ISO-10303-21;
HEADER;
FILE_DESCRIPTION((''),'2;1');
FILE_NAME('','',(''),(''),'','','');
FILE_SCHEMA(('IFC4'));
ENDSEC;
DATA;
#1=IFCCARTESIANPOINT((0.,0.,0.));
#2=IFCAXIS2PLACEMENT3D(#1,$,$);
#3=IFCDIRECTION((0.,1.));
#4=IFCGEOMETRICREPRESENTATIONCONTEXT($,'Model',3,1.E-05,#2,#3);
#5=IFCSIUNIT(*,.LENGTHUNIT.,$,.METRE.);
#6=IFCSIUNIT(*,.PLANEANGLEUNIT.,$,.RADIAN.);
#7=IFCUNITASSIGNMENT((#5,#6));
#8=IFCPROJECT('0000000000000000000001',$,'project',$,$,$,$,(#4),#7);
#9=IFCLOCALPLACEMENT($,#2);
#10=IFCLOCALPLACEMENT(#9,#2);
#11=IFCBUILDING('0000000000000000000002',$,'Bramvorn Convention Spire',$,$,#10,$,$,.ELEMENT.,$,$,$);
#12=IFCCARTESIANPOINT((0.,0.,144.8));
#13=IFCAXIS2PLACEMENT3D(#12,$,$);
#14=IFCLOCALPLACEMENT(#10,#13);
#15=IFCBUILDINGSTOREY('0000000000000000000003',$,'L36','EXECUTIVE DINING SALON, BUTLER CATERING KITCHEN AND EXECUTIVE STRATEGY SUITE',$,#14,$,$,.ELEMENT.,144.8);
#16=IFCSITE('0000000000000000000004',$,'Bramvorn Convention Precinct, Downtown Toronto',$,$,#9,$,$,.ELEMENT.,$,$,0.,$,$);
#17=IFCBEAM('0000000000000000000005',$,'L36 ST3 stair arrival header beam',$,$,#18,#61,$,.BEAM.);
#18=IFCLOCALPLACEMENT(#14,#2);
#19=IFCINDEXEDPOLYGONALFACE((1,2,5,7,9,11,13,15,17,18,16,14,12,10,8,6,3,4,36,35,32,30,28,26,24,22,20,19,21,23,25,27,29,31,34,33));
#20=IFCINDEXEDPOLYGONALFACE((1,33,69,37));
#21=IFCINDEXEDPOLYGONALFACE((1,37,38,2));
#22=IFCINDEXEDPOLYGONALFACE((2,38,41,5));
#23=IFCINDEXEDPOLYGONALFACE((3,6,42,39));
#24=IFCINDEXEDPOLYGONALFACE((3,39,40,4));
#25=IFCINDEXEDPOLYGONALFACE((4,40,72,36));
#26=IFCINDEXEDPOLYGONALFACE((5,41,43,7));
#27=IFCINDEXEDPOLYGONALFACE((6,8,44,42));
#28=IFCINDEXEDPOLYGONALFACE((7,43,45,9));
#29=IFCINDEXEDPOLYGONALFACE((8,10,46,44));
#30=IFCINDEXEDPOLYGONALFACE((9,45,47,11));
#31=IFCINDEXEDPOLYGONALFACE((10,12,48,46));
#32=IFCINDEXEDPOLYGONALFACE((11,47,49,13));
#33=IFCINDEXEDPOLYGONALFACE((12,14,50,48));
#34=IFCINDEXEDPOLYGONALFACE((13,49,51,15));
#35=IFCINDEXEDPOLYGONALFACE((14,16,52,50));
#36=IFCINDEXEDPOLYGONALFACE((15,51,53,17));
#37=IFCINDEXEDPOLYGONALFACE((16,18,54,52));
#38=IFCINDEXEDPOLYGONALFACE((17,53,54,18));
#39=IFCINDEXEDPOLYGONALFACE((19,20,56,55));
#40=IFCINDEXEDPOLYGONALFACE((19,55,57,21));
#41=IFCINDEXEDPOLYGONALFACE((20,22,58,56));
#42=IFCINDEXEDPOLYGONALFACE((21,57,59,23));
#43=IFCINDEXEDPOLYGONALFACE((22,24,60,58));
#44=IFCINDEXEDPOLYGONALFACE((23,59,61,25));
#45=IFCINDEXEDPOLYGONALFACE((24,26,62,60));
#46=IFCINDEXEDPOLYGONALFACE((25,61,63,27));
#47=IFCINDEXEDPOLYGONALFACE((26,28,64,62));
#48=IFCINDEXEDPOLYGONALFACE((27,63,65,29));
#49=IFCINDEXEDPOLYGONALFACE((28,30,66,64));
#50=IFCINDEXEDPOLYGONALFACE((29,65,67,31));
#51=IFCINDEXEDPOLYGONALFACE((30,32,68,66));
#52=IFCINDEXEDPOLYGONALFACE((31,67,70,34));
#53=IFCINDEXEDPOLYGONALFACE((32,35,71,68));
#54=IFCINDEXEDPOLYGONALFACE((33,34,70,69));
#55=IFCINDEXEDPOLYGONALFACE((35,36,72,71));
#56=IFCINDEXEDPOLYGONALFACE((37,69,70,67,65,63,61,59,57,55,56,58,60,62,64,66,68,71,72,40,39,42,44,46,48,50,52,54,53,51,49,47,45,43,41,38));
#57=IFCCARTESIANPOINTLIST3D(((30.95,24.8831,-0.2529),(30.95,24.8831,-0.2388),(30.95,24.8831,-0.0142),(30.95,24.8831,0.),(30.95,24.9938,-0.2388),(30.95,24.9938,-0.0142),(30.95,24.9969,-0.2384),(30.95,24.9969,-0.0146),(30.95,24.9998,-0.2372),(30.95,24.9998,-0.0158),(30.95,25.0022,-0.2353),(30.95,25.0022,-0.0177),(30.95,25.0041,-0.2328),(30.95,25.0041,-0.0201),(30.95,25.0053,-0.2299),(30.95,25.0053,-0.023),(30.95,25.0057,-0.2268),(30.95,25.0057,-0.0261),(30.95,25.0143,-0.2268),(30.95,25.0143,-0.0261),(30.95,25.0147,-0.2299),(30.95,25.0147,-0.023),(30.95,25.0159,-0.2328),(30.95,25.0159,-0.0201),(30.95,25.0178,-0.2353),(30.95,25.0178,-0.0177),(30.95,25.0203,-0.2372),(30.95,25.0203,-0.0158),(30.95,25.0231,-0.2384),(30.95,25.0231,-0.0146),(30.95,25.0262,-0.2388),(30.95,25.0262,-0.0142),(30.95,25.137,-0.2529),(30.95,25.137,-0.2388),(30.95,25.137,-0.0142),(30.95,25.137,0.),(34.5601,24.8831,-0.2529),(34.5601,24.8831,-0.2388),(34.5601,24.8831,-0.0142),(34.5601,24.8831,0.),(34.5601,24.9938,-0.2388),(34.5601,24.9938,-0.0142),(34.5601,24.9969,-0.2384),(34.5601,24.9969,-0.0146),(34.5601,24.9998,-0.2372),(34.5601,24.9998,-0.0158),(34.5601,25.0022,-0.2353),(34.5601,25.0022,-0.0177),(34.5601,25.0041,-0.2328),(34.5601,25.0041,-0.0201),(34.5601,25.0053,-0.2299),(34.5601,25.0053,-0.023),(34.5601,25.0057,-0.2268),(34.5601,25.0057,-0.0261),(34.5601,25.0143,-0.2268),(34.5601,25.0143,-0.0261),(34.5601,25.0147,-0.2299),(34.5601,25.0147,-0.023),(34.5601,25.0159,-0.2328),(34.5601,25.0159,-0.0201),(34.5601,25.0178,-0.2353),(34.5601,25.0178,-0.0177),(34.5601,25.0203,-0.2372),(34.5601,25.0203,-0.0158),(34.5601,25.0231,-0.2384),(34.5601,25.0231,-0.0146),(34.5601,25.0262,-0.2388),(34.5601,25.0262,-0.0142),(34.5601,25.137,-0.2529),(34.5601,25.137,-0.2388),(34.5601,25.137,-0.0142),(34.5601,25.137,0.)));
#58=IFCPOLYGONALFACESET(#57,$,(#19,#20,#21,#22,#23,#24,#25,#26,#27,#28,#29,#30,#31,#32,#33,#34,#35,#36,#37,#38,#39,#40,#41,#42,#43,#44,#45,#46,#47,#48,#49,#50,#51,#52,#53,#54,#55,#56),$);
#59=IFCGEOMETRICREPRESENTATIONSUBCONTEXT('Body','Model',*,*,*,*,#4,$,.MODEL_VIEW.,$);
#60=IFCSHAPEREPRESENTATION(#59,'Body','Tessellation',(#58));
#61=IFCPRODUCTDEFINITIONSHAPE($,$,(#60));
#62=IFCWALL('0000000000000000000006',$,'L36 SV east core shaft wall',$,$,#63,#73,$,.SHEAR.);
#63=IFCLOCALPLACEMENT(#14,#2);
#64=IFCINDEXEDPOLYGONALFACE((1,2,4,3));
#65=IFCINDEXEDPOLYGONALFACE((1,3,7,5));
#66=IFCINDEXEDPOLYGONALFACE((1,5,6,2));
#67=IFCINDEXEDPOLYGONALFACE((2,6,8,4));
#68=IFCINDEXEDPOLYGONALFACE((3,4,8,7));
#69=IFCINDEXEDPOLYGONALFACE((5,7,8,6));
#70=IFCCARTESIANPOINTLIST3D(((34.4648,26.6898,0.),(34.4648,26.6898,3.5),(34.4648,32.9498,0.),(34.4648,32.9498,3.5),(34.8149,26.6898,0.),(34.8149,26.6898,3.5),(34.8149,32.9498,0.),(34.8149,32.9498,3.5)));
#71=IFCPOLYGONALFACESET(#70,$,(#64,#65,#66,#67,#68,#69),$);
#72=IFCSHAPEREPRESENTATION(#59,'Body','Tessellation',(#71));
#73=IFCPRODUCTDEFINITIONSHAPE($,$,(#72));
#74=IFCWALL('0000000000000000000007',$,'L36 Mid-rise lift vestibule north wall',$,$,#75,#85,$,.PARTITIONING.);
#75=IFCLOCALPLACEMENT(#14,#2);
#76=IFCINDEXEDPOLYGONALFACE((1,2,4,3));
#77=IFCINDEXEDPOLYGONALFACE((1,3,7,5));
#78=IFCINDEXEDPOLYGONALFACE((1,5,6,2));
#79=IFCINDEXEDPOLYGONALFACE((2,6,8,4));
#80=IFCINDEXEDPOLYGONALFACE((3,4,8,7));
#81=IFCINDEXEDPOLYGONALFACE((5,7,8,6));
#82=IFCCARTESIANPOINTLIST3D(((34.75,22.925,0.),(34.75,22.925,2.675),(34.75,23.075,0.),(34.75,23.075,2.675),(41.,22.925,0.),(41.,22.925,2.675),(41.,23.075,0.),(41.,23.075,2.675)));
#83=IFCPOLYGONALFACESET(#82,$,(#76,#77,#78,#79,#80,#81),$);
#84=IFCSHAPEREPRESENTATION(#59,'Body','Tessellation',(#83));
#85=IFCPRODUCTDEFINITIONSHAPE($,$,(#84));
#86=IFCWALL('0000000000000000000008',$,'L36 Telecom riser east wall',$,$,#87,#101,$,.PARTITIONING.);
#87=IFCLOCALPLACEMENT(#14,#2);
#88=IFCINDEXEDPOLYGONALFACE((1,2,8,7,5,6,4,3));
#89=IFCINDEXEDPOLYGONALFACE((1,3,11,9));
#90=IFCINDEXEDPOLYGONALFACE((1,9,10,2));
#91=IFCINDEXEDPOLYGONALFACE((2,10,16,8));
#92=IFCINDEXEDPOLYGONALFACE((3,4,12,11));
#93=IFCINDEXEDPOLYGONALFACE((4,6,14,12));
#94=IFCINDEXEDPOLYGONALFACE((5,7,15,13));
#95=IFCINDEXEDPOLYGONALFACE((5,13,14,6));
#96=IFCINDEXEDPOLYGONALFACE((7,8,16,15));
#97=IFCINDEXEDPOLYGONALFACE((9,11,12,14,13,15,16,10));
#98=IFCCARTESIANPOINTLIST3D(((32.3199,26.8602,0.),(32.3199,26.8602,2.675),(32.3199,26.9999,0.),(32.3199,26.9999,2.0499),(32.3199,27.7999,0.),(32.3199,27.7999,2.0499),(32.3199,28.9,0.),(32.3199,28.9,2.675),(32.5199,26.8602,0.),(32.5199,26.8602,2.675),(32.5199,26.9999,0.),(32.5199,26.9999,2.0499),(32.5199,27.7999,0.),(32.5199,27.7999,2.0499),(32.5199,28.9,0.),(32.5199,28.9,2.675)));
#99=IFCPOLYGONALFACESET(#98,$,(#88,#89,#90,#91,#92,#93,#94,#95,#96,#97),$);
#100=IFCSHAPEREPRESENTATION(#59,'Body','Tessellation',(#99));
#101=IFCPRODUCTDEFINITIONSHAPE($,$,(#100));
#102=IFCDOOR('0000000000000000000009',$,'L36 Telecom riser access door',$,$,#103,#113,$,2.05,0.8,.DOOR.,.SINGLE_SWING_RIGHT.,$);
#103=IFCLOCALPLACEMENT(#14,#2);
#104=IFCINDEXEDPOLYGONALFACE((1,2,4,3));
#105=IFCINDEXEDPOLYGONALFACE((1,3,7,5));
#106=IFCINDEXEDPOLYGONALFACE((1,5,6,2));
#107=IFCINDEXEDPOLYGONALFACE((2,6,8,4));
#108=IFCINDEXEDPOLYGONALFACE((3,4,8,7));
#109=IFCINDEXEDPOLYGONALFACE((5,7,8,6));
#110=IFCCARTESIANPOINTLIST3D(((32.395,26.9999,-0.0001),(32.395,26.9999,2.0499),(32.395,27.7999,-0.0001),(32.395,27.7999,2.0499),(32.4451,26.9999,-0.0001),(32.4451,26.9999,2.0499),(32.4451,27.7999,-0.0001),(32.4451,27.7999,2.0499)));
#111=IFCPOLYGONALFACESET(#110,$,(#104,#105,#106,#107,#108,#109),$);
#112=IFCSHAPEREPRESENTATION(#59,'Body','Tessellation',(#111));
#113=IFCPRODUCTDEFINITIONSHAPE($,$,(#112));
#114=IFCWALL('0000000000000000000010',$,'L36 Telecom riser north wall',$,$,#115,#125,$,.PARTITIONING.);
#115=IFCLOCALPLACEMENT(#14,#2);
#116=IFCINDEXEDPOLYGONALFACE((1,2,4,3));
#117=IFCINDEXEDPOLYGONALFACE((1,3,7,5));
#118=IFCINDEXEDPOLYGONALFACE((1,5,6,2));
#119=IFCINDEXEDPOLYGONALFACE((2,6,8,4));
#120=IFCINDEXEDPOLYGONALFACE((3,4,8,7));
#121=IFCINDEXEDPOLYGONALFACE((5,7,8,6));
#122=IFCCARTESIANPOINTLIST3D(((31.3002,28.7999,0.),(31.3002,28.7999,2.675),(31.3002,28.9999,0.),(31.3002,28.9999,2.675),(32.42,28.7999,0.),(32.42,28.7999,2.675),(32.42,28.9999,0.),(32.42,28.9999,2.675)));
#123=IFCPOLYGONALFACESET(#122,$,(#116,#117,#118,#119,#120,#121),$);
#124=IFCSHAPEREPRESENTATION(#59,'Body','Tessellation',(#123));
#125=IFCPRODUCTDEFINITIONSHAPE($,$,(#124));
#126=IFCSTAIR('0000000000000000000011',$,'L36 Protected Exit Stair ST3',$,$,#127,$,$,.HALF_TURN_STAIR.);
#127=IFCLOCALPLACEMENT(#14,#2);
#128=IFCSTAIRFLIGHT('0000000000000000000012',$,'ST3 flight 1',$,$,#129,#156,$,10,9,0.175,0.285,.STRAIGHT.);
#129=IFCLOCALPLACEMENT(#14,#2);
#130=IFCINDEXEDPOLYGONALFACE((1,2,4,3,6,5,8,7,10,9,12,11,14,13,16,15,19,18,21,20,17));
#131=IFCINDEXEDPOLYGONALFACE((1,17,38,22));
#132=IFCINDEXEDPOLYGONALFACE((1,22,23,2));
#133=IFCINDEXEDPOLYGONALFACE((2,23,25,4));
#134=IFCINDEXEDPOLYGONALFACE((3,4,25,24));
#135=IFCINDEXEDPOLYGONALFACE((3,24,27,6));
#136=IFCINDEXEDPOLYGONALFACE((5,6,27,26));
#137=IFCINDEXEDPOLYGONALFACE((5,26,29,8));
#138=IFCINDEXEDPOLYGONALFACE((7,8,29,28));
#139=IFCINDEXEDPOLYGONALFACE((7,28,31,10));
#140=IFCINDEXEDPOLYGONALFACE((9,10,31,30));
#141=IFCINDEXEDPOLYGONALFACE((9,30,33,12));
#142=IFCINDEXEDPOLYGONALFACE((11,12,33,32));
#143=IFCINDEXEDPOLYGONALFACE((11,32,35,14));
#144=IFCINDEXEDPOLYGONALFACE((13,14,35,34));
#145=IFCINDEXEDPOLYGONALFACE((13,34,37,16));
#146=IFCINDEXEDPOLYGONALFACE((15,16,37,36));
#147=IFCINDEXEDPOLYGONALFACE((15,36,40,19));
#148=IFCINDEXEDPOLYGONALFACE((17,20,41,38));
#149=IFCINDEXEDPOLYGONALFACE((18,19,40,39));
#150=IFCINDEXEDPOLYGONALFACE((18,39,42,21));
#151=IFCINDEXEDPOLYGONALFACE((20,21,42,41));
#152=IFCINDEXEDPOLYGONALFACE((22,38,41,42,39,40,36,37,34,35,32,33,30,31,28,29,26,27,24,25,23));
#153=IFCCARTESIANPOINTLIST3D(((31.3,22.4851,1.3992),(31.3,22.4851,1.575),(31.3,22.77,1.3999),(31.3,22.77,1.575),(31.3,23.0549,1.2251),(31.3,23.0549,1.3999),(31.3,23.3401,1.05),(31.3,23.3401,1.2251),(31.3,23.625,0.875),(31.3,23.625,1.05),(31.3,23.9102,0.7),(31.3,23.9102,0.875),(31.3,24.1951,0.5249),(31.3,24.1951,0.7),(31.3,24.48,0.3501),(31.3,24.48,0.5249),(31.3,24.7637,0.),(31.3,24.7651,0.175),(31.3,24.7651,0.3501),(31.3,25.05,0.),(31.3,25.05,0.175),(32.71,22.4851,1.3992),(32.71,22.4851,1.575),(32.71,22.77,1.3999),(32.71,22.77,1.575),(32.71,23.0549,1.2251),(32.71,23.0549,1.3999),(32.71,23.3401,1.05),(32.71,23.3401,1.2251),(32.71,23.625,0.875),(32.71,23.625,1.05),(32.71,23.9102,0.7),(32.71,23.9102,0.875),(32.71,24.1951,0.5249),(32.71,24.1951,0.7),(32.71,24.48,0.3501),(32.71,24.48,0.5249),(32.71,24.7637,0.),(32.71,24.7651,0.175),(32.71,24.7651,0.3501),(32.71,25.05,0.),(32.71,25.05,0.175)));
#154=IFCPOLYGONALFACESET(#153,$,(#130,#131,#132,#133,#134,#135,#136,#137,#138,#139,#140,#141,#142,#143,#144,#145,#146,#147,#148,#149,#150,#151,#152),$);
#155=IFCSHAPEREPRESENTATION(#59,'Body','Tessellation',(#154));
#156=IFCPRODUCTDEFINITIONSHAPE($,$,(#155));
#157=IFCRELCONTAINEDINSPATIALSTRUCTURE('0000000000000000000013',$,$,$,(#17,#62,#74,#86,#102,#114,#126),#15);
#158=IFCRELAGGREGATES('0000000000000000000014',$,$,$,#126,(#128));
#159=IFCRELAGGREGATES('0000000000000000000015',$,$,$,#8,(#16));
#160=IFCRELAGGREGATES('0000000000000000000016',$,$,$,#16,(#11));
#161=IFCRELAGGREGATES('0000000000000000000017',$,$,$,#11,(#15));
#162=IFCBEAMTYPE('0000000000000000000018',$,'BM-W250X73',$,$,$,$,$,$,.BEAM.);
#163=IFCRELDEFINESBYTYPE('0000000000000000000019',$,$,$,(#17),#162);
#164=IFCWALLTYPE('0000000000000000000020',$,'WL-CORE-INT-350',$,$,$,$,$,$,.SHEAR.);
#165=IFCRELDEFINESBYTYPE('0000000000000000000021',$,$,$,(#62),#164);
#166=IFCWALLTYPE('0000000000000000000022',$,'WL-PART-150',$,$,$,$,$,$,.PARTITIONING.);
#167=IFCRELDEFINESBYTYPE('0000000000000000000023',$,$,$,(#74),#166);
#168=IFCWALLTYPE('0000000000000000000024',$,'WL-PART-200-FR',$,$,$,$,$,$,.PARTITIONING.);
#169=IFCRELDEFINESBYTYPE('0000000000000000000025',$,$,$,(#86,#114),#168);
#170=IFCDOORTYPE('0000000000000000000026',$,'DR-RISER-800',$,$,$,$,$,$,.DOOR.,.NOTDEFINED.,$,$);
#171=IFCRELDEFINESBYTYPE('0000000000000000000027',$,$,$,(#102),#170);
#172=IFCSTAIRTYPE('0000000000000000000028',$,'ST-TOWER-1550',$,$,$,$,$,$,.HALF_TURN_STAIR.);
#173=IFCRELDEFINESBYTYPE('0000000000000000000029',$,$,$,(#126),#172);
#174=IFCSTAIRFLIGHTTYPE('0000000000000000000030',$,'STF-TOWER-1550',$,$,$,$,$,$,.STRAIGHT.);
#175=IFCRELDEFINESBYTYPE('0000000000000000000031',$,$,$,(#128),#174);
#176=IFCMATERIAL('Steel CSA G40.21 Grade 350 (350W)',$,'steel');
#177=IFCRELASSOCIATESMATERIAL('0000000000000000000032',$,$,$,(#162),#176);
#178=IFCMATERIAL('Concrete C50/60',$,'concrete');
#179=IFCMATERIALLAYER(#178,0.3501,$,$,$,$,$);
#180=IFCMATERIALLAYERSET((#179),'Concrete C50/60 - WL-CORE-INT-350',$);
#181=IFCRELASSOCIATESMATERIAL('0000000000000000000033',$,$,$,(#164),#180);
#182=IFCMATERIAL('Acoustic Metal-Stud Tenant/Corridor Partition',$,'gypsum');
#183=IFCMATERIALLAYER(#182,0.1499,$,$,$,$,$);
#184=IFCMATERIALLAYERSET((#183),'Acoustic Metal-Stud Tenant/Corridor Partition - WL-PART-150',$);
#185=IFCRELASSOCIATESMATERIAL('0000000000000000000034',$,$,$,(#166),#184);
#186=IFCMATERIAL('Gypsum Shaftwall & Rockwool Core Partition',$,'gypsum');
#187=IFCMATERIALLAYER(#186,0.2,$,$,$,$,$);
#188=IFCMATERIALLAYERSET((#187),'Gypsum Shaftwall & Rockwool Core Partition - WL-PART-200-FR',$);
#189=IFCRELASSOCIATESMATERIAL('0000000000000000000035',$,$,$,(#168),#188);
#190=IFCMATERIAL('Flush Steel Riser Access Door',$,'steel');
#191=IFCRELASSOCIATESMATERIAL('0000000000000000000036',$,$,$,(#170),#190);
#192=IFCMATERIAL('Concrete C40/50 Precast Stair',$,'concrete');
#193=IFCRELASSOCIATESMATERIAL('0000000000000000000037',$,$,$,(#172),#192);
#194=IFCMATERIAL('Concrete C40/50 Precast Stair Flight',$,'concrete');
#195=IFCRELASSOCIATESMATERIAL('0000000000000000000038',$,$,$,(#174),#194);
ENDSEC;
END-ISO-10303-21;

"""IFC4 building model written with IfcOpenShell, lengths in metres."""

from ifc_helpers import new_model, si_unit, direction, frame, frame_2d, origin, origin_2d, place, context, subcontext, project, spatial, polyline, rectangle, i_section, outline, extrude, material, layer, layer_set, material_profile, profile_set, type_object, element, fill, aggregate, save


model = new_model("IFC4")

# Units and contexts
model_context = context("Model", 3, precision=1e-05, world=origin(), true_north=direction((0.0, 1.0)))
body_context = subcontext(model_context, "Body", "Model", "MODEL_VIEW")
ifc_project = project(units=[si_unit("LENGTHUNIT", "METRE"), si_unit("PLANEANGLEUNIT", "RADIAN")], contexts=[model_context])

# Site, building, storey
site_placement = place(None, origin())
site = spatial("IfcSite", under=ifc_project, at=site_placement, Name="Bramvorn Convention Precinct, Downtown Toronto", CompositionType="ELEMENT", RefElevation=0.0)
building_placement = place(site_placement, origin())
building = spatial("IfcBuilding", under=site, at=building_placement, Name="Bramvorn Convention Spire", CompositionType="ELEMENT")
storey_placement = place(building_placement, frame((0.0, 0.0, 144.8)))
storey = spatial("IfcBuildingStorey", under=building, at=storey_placement, Name="L36", Description="EXECUTIVE DINING SALON, BUTLER CATERING KITCHEN AND EXECUTIVE STRATEGY SUITE", CompositionType="ELEMENT", Elevation=144.8)

# Beam
ifc_material_1 = material(Name="Steel CSA G40.21 Grade 350 (350W)", Category="steel")
ifc_material_profile = material_profile(ifc_material_1, i_section(OverallWidth=0.2539, OverallDepth=0.2529, WebThickness=0.0085, FlangeThickness=0.0142, FilletRadius=0.012, at=origin_2d()))
ifc_profile_set = profile_set([ifc_material_profile], Name="Steel CSA G40.21 Grade 350 (350W) - W250X73")
beam_type = type_object("IfcBeamType", Name="BM-W250X73", PredefinedType="BEAM", material=ifc_profile_set)
beam_placement = place(storey_placement, frame((30.95, 25.01, -0.1265), z_axis=(1.0, 0.0, 0.0), x_axis=(0.0, 1.0, 0.0)))
element("IfcBeam", 1, at=beam_placement, inside=storey, type_object=beam_type, Name="L36 ST3 stair arrival header beam", PredefinedType="BEAM", context=body_context, shape_type="SweptSolid", body=[
    extrude(i_section(OverallWidth=0.2539, OverallDepth=0.2529, WebThickness=0.0085, FlangeThickness=0.0142, FilletRadius=0.012, at=origin_2d()), origin(), (0.0, 0.0, 1.0), 3.6101),
])

# Walls
ifc_material_2 = material(Name="Concrete C50/60", Category="concrete")
ifc_layer_1 = layer(ifc_material_2, 0.3501)
ifc_layer_set_1 = layer_set([ifc_layer_1], Name="Concrete C50/60 - WL-CORE-INT-350")
wall_type_1 = type_object("IfcWallType", Name="WL-CORE-INT-350", PredefinedType="SHEAR", material=ifc_layer_set_1)
wall_1_placement = place(storey_placement, frame((34.6399, 26.6899, 0.0), z_axis=(0.0, 0.0, 1.0), x_axis=(0.0, 1.0, 0.0)))
element("IfcWall", 2, at=wall_1_placement, inside=storey, type_object=wall_type_1, Name="L36 SV east core shaft wall", PredefinedType="SHEAR", context=body_context, shape_type="SweptSolid", body=[
    extrude(rectangle(XDim=6.26, YDim=0.3501, at=frame_2d((3.1299, 0.0))), origin(), (0.0, 0.0, 1.0), 3.5),
])
ifc_material_3 = material(Name="Acoustic Metal-Stud Tenant/Corridor Partition", Category="gypsum")
ifc_layer_2 = layer(ifc_material_3, 0.1499)
ifc_layer_set_2 = layer_set([ifc_layer_2], Name="Acoustic Metal-Stud Tenant/Corridor Partition - WL-PART-150")
wall_type_2 = type_object("IfcWallType", Name="WL-PART-150", PredefinedType="PARTITIONING", material=ifc_layer_set_2)
wall_2_placement = place(storey_placement, frame((34.75, 23.0, 0.0), z_axis=(0.0, 0.0, 1.0), x_axis=(1.0, 0.0, 0.0)))
element("IfcWall", 3, at=wall_2_placement, inside=storey, type_object=wall_type_2, Name="L36 Mid-rise lift vestibule north wall", PredefinedType="PARTITIONING", context=body_context, shape_type="SweptSolid", body=[
    extrude(rectangle(XDim=6.25, YDim=0.1499, at=frame_2d((3.125, 0.0))), origin(), (0.0, 0.0, 1.0), 2.675),
])

# Wall, opening, door
ifc_material_4 = material(Name="Gypsum Shaftwall & Rockwool Core Partition", Category="gypsum")
ifc_layer_3 = layer(ifc_material_4, 0.2)
ifc_layer_set_3 = layer_set([ifc_layer_3], Name="Gypsum Shaftwall & Rockwool Core Partition - WL-PART-200-FR")
wall_type_3 = type_object("IfcWallType", Name="WL-PART-200-FR", PredefinedType="PARTITIONING", material=ifc_layer_set_3)
wall_3_placement = place(storey_placement, frame((32.4199, 26.8601, 0.0), z_axis=(0.0, 0.0, 1.0), x_axis=(0.0, 1.0, 0.0)))
wall_3 = element("IfcWall", 4, at=wall_3_placement, inside=storey, type_object=wall_type_3, Name="L36 Telecom riser east wall", PredefinedType="PARTITIONING", context=body_context, shape_type="SweptSolid", body=[
    extrude(rectangle(XDim=2.0398, YDim=0.2, at=frame_2d((1.02, 0.0))), origin(), (0.0, 0.0, 1.0), 2.675),
])
opening_1_placement = place(wall_3_placement, frame((0.1399, 0.0, 0.0)))
opening_1 = element("IfcOpeningElement", 5, at=opening_1_placement, cuts=wall_3, PredefinedType="OPENING", context=body_context, shape_type="SweptSolid", body=[
    extrude(rectangle(XDim=0.8, YDim=2.05, at=frame_2d((0.3999, 1.0249))), frame((0.0, 0.1099, 0.0), z_axis=(0.0, -1.0, 0.0), x_axis=(1.0, 0.0, 0.0)), (0.0, 0.0, 1.0), 0.22),
])
ifc_material_5 = material(Name="Flush Steel Riser Access Door", Category="steel")
door_type_1 = type_object("IfcDoorType", Name="DR-RISER-800", OperationType="NOTDEFINED", PredefinedType="DOOR", material=ifc_material_5)
door_1_placement = place(opening_1_placement, origin())
door_1 = element("IfcDoor", 6, at=door_1_placement, inside=storey, type_object=door_type_1, Name="L36 Telecom riser access door", OperationType="SINGLE_SWING_RIGHT", OverallHeight=2.05, OverallWidth=0.8, PredefinedType="DOOR", context=body_context, shape_type="SweptSolid", body=[
    extrude(rectangle(XDim=0.8, YDim=2.05, at=frame_2d((0.3999, 1.0249))), frame((0.0, 0.0249, 0.0), z_axis=(0.0, -1.0, 0.0), x_axis=(1.0, 0.0, 0.0)), (0.0, 0.0, 1.0), 0.05),
])
fill(opening_1, door_1)

# Wall
wall_4_placement = place(storey_placement, frame((31.3, 28.8999, 0.0), z_axis=(0.0, 0.0, 1.0), x_axis=(1.0, 0.0, 0.0)))
element("IfcWall", 7, at=wall_4_placement, inside=storey, type_object=wall_type_3, Name="L36 Telecom riser north wall", PredefinedType="PARTITIONING", context=body_context, shape_type="SweptSolid", body=[
    extrude(rectangle(XDim=1.1199, YDim=0.2, at=frame_2d((0.5601, 0.0))), origin(), (0.0, 0.0, 1.0), 2.675),
])

# Stair, stair flight
ifc_material_6 = material(Name="Concrete C40/50 Precast Stair", Category="concrete")
stair_type = type_object("IfcStairType", Name="ST-TOWER-1550", PredefinedType="HALF_TURN_STAIR", material=ifc_material_6)
stair_placement = place(storey_placement, origin())
stair = element("IfcStair", 8, at=stair_placement, inside=storey, type_object=stair_type, Name="L36 Protected Exit Stair ST3", PredefinedType="HALF_TURN_STAIR")
ifc_material_7 = material(Name="Concrete C40/50 Precast Stair Flight", Category="concrete")
stair_flight_type = type_object("IfcStairFlightType", Name="STF-TOWER-1550", PredefinedType="STRAIGHT", material=ifc_material_7)
stair_flight_placement = place(storey_placement, frame((32.0049, 25.05, 0.0), z_axis=(0.0, 0.0, 1.0), x_axis=(0.0, -1.0, 0.0)))
stair_flight = element("IfcStairFlight", 9, at=stair_flight_placement, type_object=stair_flight_type, Name="ST3 flight 1", NumberOfRisers=10, NumberOfTreads=9, PredefinedType="STRAIGHT", RiserHeight=0.175, TreadLength=0.285, context=body_context, shape_type="SweptSolid", body=[
    extrude(outline(polyline([(0.0, 0.0), (0.0, 0.175), (0.2849, 0.175), (0.2849, 0.3501), (0.5701, 0.3501), (0.5701, 0.5249), (0.855, 0.5249), (0.855, 0.7), (1.1399, 0.7), (1.1399, 0.875), (1.425, 0.875), (1.425, 1.05), (1.71, 1.05), (1.71, 1.2251), (1.9951, 1.2251), (1.9951, 1.3999), (2.28, 1.3999), (2.28, 1.575), (2.5649, 1.575), (2.5649, 1.75), (2.5649, 1.3992), (0.2864, 0.0), (0.0, 0.0)])), frame((0.0, 0.7051, 0.0), z_axis=(0.0, -1.0, 0.0), x_axis=(1.0, 0.0, 0.0)), (0.0, 0.0, 1.0), 1.4099),
])
aggregate(stair, [stair_flight])

save(model, "model.ifc")
